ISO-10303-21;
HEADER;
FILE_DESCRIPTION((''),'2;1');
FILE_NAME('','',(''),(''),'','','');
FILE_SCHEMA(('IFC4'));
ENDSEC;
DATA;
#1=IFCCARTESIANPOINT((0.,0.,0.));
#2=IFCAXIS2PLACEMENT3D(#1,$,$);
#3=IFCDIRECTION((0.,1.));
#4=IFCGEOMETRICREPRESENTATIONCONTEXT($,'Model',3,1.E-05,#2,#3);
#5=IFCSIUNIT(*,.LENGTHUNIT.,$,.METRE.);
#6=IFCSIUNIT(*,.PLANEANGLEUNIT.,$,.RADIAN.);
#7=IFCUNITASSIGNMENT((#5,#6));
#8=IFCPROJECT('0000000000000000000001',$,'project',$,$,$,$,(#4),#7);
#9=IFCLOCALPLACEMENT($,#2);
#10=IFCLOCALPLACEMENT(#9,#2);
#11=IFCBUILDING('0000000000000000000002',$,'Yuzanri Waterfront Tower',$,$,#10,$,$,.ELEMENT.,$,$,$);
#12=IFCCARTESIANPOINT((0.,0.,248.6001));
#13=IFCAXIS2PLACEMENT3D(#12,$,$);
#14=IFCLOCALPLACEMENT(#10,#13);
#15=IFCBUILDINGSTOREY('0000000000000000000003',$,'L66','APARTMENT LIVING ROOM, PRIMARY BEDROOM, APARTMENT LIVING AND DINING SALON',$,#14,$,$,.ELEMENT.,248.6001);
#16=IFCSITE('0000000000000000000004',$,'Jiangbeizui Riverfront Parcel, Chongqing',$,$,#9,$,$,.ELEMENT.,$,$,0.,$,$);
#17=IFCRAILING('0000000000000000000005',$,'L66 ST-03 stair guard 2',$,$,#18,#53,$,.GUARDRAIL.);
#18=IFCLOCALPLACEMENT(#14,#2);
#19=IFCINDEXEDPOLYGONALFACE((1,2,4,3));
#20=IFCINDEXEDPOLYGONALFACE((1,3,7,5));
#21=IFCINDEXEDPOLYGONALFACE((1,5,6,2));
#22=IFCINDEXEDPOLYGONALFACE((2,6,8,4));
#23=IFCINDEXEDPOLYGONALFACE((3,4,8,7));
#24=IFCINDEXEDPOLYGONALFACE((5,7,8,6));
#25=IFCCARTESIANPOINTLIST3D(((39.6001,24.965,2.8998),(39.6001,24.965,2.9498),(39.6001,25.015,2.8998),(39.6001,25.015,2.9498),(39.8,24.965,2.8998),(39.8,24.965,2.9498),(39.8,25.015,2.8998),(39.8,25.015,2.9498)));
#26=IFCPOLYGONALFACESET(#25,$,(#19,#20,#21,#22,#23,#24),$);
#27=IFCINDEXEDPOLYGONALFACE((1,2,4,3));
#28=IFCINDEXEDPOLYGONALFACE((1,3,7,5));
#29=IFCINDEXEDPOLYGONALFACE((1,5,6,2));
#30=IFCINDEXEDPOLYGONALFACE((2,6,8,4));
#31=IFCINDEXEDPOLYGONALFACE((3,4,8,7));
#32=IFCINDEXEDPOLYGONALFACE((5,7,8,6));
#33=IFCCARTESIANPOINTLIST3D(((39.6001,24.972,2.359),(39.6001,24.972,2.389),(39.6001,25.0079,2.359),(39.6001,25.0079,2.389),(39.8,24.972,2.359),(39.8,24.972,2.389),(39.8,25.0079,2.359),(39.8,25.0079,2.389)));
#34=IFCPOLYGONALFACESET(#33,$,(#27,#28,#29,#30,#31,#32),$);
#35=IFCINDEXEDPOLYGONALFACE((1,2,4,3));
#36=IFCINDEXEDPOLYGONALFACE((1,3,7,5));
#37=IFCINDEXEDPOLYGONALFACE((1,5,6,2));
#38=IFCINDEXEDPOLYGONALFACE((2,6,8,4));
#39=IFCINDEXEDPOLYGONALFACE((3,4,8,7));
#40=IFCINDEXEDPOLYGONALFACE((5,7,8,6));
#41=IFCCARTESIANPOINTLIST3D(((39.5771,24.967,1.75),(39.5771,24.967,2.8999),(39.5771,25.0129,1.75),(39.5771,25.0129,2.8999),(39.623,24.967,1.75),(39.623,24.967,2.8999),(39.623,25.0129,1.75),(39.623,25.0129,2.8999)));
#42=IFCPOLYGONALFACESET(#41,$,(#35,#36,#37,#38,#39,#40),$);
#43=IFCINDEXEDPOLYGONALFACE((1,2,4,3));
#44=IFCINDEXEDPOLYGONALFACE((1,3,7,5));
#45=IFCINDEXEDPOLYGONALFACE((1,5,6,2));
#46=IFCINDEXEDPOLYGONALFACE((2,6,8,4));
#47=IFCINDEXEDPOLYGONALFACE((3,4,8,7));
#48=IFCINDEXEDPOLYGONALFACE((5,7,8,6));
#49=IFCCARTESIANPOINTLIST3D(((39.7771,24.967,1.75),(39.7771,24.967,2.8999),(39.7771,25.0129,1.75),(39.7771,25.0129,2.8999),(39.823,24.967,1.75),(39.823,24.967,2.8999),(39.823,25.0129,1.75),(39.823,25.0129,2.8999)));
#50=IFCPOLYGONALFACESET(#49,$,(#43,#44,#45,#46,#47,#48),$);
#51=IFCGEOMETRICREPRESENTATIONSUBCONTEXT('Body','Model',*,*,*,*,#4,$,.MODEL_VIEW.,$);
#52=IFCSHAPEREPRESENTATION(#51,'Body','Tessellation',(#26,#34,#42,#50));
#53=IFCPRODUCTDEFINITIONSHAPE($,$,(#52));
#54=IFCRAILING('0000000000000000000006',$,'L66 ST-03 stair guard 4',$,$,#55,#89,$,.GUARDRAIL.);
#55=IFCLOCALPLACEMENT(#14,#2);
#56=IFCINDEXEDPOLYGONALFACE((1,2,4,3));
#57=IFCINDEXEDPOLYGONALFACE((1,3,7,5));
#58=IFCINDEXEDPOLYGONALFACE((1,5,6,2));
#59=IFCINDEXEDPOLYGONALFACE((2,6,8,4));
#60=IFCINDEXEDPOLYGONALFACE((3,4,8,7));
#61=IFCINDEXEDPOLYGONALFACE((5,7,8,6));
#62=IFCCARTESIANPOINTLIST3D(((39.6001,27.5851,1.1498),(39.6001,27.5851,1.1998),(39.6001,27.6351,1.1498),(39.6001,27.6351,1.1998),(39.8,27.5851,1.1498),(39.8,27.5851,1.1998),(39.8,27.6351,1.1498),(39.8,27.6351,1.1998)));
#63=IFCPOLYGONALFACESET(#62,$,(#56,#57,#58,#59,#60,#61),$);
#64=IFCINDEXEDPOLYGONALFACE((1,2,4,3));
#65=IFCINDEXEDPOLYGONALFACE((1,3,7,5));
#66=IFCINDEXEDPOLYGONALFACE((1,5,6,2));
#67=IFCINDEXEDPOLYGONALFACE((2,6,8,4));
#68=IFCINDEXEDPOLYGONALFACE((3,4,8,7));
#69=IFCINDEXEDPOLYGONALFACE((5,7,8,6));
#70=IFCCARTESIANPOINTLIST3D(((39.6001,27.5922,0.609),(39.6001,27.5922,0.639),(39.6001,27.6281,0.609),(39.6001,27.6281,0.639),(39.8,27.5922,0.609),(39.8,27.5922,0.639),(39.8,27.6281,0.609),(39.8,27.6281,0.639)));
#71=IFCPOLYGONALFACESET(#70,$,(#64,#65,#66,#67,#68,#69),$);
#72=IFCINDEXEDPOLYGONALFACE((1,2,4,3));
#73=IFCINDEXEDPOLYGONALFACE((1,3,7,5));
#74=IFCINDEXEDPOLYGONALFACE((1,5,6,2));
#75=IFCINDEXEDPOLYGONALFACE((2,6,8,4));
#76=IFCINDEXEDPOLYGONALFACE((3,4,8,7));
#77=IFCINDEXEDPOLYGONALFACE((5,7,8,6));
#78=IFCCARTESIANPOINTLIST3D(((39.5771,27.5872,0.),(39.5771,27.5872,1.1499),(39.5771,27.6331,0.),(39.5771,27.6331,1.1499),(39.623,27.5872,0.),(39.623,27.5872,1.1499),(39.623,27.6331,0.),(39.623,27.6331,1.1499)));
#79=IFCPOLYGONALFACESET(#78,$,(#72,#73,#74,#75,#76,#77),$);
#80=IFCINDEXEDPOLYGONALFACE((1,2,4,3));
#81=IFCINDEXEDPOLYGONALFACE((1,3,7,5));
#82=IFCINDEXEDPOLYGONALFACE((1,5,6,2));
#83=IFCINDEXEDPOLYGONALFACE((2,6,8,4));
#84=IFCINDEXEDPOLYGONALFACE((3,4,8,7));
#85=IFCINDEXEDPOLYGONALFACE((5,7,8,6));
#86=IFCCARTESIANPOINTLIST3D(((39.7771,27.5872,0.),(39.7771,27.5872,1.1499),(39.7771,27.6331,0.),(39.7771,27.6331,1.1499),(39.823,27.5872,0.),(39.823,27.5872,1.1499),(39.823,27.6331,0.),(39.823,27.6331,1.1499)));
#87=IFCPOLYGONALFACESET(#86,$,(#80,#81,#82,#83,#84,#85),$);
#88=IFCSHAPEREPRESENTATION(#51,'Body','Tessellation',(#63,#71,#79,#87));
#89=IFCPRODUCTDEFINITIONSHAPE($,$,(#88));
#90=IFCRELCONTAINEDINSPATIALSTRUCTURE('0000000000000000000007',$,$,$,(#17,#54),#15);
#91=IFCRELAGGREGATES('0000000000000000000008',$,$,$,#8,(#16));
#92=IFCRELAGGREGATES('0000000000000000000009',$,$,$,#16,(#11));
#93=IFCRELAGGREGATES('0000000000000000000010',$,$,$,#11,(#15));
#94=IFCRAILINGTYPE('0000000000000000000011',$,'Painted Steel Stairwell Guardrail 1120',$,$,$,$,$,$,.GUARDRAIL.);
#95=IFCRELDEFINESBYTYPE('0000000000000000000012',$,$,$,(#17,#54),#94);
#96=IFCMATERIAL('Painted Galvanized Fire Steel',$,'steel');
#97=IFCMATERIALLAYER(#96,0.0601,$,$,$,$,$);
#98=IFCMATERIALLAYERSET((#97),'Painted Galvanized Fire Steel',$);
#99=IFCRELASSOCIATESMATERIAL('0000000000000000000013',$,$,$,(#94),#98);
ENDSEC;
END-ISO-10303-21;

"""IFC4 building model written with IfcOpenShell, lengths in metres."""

from ifc_helpers import new_model, si_unit, direction, frame, origin, origin_2d, place, context, subcontext, project, spatial, rectangle, extrude, source, transform, mapped, material, layer, layer_set, type_object, element, save


model = new_model("IFC4")

# Units and contexts
model_context = context("Model", 3, precision=1e-05, world=origin(), true_north=direction((0.0, 1.0)))
body_context = subcontext(model_context, "Body", "Model", "MODEL_VIEW")
ifc_project = project(units=[si_unit("LENGTHUNIT", "METRE"), si_unit("PLANEANGLEUNIT", "RADIAN")], contexts=[model_context])

# Site, building, storey
site_placement = place(None, origin())
site = spatial("IfcSite", under=ifc_project, at=site_placement, Name="Jiangbeizui Riverfront Parcel, Chongqing", CompositionType="ELEMENT", RefElevation=0.0)
building_placement = place(site_placement, origin())
building = spatial("IfcBuilding", under=site, at=building_placement, Name="Yuzanri Waterfront Tower", CompositionType="ELEMENT")
storey_placement = place(building_placement, frame((0.0, 0.0, 248.6001)))
storey = spatial("IfcBuildingStorey", under=building, at=storey_placement, Name="L66", Description="APARTMENT LIVING ROOM, PRIMARY BEDROOM, APARTMENT LIVING AND DINING SALON", CompositionType="ELEMENT", Elevation=248.6001)

# Railings
ifc_material_1 = material(Name="Painted Galvanized Fire Steel", Category="steel")
ifc_layer_1 = layer(ifc_material_1, 0.0601)
ifc_layer_set_1 = layer_set([ifc_layer_1], Name="Painted Galvanized Fire Steel")
railing_type_1 = type_object("IfcRailingType", Name="Painted Steel Stairwell Guardrail 1120", PredefinedType="GUARDRAIL", material=ifc_layer_set_1)
shared_shape_1 = source(origin(), body_context, "Body", "SweptSolid", [
    extrude(rectangle(XDim=0.05, YDim=0.05, at=origin_2d()), frame((0.0, 0.0, 1.1748), z_axis=(1.0, 0.0, 0.0), x_axis=(0.0, 1.0, 0.0)), (0.0, 0.0, 1.0), 0.2),
    extrude(rectangle(XDim=0.0359, YDim=0.03, at=origin_2d()), frame((0.0, 0.0, 0.624), z_axis=(1.0, 0.0, 0.0), x_axis=(0.0, 1.0, 0.0)), (0.0, 0.0, 1.0), 0.2),
    extrude(rectangle(XDim=0.0459, YDim=0.0459, at=origin_2d()), origin(), (0.0, 0.0, 1.0), 1.1499),
    extrude(rectangle(XDim=0.0459, YDim=0.0459, at=origin_2d()), frame((0.2, 0.0, 0.0)), (0.0, 0.0, 1.0), 1.1499),
])
for number, where, name in (
    (1, (39.6001, 24.99, 1.75), "L66 ST-03 stair guard 2"),
    (2, (39.6001, 27.6101, 0.0), "L66 ST-03 stair guard 4"),
):
    element("IfcRailing", number, at=place(storey_placement, frame(where)), inside=storey, type_object=railing_type_1, Name=name, PredefinedType="GUARDRAIL", context=body_context, shape_type="MappedRepresentation", body=[
        mapped(shared_shape_1, transform((0.0, 0.0, 0.0), scale=1.0)),
    ])

save(model, "model.ifc")
